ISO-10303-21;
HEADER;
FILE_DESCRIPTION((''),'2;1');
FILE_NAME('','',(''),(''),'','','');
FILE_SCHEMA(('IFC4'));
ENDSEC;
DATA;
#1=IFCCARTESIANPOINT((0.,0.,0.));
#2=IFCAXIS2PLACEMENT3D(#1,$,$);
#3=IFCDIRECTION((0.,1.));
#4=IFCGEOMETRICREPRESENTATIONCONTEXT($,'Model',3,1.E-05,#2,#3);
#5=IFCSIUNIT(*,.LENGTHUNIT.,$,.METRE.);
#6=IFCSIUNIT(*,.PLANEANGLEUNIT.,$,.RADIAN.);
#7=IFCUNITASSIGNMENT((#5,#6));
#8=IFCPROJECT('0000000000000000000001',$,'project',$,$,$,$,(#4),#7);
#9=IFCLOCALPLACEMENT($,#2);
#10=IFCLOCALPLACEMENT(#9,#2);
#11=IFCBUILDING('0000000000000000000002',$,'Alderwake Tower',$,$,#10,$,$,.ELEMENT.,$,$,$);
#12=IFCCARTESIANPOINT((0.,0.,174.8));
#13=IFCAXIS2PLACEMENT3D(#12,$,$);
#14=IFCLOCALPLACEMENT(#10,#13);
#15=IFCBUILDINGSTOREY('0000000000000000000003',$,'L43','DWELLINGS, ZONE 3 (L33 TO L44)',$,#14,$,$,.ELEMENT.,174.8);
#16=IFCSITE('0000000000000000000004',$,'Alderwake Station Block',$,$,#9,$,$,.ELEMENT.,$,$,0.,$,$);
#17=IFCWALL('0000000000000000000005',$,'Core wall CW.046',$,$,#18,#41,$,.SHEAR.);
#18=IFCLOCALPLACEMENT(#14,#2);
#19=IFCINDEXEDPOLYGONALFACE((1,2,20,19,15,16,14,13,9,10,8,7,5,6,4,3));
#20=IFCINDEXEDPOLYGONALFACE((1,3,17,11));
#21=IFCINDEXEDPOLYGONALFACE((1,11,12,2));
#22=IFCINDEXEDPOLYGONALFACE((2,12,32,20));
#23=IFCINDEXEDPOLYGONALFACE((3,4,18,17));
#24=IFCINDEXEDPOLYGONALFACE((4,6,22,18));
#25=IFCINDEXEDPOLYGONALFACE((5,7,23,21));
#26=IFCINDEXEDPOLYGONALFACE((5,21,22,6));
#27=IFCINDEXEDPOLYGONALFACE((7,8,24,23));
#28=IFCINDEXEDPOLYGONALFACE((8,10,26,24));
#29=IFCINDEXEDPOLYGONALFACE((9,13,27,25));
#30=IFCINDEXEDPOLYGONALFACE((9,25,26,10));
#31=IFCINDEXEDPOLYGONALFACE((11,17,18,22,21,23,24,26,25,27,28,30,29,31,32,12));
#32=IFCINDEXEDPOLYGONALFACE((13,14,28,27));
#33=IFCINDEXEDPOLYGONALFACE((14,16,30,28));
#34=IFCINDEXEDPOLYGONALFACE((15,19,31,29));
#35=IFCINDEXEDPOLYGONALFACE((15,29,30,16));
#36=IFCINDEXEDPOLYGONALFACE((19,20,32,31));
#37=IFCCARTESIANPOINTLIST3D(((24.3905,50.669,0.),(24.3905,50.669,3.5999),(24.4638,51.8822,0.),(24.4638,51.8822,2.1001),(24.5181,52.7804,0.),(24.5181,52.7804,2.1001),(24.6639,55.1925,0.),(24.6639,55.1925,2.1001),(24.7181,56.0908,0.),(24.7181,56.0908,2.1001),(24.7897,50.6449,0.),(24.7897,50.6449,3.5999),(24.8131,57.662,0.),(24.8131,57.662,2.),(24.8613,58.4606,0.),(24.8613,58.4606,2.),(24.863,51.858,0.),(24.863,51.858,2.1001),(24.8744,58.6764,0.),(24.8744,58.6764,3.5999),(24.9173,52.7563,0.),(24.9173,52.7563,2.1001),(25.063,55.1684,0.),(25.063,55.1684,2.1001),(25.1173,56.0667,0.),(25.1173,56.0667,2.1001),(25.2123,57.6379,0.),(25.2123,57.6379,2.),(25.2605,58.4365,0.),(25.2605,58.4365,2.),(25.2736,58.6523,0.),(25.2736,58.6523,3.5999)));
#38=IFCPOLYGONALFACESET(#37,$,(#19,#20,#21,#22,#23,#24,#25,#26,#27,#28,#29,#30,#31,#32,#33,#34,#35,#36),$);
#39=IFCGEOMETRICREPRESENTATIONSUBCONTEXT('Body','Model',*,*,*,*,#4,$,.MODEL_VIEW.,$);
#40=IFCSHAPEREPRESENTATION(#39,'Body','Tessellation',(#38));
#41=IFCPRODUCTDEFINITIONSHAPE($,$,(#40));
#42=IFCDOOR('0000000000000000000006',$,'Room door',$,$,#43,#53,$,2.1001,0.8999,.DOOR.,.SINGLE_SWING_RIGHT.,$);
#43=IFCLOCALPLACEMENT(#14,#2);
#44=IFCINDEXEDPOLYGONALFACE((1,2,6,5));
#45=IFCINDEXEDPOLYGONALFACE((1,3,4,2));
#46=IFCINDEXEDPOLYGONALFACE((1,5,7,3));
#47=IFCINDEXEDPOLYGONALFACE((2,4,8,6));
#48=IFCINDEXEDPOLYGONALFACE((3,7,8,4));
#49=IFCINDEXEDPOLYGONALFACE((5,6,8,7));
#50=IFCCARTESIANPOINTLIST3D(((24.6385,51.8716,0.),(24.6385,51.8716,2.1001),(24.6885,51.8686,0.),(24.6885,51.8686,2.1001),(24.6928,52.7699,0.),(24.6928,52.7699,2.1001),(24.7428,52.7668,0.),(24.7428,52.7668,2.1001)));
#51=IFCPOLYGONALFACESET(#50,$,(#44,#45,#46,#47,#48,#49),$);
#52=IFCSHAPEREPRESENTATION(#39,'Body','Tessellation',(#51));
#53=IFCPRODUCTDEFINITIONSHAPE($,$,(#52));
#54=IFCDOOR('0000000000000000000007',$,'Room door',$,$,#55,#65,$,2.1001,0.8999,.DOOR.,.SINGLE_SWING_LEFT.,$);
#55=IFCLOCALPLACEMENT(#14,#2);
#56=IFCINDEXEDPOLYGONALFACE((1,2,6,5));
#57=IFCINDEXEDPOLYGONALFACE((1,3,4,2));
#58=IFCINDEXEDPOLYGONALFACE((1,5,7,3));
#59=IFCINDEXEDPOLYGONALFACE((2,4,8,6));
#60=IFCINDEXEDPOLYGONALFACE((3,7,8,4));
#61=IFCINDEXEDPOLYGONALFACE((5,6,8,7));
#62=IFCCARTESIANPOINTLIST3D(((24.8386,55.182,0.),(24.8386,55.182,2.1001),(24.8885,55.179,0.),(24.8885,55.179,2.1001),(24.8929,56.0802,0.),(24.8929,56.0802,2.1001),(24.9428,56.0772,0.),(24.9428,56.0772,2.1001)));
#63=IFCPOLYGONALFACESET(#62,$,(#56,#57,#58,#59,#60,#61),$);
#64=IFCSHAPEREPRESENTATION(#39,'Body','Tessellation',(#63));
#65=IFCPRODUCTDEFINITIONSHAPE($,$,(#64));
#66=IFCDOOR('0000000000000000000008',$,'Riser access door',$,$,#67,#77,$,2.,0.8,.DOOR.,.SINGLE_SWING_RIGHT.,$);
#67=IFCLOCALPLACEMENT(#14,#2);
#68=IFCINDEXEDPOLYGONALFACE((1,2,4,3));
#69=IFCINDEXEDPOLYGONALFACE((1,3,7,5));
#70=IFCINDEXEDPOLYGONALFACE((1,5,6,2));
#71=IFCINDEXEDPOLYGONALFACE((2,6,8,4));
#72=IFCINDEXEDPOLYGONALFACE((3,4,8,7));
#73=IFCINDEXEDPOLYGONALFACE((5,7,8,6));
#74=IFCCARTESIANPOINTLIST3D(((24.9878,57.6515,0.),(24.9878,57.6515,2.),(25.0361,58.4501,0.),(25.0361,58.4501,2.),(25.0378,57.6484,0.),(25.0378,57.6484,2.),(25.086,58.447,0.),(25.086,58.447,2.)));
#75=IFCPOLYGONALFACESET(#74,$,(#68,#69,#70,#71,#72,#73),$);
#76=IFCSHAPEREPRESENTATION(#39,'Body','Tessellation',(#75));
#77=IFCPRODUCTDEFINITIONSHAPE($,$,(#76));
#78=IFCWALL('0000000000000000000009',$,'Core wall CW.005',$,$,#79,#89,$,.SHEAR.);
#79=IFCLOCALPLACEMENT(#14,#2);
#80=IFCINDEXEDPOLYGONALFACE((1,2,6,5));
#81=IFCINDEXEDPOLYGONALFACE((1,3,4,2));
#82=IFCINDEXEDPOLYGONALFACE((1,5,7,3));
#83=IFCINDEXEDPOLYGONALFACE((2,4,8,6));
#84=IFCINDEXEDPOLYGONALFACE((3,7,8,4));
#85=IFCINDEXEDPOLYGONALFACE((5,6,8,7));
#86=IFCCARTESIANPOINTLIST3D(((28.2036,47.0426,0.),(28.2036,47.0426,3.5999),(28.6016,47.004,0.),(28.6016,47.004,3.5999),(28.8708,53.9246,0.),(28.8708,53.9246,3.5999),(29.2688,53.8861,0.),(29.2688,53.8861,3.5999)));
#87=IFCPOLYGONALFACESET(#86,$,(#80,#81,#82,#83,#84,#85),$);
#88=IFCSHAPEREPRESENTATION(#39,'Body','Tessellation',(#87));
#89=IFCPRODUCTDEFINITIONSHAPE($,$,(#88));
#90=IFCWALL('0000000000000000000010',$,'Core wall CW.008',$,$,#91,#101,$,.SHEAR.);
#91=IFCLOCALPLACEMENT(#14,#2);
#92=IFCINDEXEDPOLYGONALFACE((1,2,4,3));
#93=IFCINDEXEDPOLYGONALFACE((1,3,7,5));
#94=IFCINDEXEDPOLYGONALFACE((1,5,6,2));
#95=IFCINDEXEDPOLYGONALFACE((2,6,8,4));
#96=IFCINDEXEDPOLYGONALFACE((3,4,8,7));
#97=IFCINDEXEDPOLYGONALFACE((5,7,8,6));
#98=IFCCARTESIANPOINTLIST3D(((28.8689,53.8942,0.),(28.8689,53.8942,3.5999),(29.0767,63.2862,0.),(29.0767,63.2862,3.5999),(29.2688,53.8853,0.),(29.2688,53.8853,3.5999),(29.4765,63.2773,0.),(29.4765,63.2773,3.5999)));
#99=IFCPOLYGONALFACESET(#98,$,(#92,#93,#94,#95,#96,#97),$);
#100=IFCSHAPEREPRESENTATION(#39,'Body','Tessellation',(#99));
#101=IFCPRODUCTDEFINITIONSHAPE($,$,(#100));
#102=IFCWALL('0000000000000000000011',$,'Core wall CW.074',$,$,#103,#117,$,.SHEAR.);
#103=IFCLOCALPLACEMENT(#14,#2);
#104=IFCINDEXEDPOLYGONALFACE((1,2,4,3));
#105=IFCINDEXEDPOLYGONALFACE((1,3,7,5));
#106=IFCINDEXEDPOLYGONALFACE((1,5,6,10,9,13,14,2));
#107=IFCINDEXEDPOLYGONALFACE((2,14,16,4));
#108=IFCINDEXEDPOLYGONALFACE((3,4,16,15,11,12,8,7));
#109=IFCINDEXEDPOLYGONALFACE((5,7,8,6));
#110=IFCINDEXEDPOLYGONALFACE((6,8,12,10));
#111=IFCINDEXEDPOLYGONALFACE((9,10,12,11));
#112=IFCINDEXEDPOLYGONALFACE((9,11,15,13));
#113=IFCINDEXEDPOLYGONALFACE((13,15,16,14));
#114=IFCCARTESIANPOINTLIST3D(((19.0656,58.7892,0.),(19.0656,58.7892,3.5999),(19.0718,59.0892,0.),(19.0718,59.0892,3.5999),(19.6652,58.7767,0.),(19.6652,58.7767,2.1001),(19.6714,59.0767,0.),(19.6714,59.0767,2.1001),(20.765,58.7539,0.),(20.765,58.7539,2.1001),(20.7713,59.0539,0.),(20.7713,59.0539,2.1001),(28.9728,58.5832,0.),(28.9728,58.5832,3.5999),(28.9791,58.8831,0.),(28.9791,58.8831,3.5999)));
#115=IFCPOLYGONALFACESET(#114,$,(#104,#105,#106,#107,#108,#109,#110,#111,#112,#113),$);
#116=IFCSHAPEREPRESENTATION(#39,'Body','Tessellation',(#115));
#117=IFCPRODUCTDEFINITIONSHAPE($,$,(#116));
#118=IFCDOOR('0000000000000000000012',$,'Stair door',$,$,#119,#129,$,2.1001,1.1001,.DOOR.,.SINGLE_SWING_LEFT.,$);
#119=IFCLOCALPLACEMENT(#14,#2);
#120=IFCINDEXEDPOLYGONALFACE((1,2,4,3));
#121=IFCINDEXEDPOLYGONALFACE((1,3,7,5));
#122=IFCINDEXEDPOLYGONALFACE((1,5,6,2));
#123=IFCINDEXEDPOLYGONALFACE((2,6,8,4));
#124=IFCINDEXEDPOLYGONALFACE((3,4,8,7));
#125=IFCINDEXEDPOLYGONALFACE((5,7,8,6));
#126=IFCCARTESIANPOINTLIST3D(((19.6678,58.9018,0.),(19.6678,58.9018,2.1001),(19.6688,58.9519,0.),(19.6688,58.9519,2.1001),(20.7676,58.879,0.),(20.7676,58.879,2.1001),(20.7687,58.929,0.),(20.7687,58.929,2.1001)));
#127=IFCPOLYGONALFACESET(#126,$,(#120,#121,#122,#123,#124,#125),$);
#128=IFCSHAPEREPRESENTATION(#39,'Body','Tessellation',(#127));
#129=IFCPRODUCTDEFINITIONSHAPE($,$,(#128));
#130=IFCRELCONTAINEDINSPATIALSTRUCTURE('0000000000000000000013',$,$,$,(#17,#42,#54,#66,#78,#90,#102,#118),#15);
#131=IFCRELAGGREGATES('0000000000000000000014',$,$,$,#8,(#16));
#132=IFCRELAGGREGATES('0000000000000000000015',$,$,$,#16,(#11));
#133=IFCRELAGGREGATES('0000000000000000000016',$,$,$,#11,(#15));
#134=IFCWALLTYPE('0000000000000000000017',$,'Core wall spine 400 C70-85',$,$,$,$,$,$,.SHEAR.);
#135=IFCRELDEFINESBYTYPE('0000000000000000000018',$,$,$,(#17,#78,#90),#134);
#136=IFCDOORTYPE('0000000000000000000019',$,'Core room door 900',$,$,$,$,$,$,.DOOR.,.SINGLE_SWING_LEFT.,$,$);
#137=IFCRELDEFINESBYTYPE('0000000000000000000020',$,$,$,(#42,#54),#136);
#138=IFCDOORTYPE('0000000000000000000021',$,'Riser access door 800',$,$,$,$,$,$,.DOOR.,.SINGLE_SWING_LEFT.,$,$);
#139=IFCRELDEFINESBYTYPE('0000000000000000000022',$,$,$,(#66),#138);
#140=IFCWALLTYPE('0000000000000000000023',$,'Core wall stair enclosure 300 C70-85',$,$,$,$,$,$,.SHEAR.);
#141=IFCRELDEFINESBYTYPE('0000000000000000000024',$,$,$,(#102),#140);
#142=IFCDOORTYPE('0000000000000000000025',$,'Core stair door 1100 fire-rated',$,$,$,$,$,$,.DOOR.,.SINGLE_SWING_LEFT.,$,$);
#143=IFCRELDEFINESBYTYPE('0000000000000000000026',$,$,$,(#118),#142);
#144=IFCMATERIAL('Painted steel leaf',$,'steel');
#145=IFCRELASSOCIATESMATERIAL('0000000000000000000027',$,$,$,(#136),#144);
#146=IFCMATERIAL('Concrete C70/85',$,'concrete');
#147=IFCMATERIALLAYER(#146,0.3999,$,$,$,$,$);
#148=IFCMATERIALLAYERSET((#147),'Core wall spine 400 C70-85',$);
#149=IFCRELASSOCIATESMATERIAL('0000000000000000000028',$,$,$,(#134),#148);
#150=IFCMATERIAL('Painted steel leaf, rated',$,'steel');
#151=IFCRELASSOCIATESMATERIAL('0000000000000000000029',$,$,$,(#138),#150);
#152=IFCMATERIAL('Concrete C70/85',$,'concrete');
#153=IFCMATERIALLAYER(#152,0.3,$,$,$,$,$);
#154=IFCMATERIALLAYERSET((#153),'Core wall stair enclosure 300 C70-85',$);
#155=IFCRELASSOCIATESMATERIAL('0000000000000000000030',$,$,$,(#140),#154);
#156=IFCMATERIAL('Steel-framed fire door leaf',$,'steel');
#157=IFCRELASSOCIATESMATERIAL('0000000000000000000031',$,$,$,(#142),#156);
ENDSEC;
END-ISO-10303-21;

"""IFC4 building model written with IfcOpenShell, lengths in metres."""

from ifc_helpers import new_model, si_unit, direction, frame, frame_2d, origin, place, context, subcontext, project, spatial, rectangle, extrude, material, layer, layer_set, type_object, element, fill, save


model = new_model("IFC4")

# Units and contexts
model_context = context("Model", 3, precision=1e-05, world=origin(), true_north=direction((0.0, 1.0)))
body_context = subcontext(model_context, "Body", "Model", "MODEL_VIEW")
ifc_project = project(units=[si_unit("LENGTHUNIT", "METRE"), si_unit("PLANEANGLEUNIT", "RADIAN")], contexts=[model_context])

# Site, building, storey
site_placement = place(None, origin())
site = spatial("IfcSite", under=ifc_project, at=site_placement, Name="Alderwake Station Block", CompositionType="ELEMENT", RefElevation=0.0)
building_placement = place(site_placement, origin())
building = spatial("IfcBuilding", under=site, at=building_placement, Name="Alderwake Tower", CompositionType="ELEMENT")
storey_placement = place(building_placement, frame((0.0, 0.0, 174.8)))
storey = spatial("IfcBuildingStorey", under=building, at=storey_placement, Name="L43", Description="DWELLINGS, ZONE 3 (L33 TO L44)", CompositionType="ELEMENT", Elevation=174.8)

# Shared definitions
ifc_material_1 = material(Name="Painted steel leaf", Category="steel")
door_type_1 = type_object("IfcDoorType", Name="Core room door 900", OperationType="SINGLE_SWING_LEFT", PredefinedType="DOOR", material=ifc_material_1)

# Wall, openings, doors
ifc_material_2 = material(Name="Concrete C70/85", Category="concrete")
ifc_layer_1 = layer(ifc_material_2, 0.3999)
ifc_layer_set_1 = layer_set([ifc_layer_1], Name="Core wall spine 400 C70-85")
wall_type_1 = type_object("IfcWallType", Name="Core wall spine 400 C70-85", PredefinedType="SHEAR", material=ifc_layer_set_1)
wall_1_placement = place(storey_placement, frame((24.5901, 50.657, 0.0), z_axis=(0.0, 0.0, 1.0), x_axis=(0.06032, 0.998179, 0.0)))
wall_1 = element("IfcWall", 1, at=wall_1_placement, inside=storey, type_object=wall_type_1, Name="Core wall CW.046", PredefinedType="SHEAR", context=body_context, shape_type="SweptSolid", body=[
    extrude(rectangle(XDim=8.022, YDim=0.3999, at=frame_2d((4.011, 0.0))), origin(), (0.0, 0.0, 1.0), 3.5999),
])
opening_1_placement = place(wall_1_placement, frame((7.0059, 0.0, 0.0)))
opening_1 = element("IfcOpeningElement", 2, at=opening_1_placement, cuts=wall_1, PredefinedType="OPENING", context=body_context, shape_type="SweptSolid", body=[
    extrude(rectangle(XDim=0.8, YDim=2.0, at=frame_2d((0.3999, 1.0))), frame((0.0, 0.21, 0.0), z_axis=(0.0, -1.0, 0.0), x_axis=(1.0, 0.0, 0.0)), (0.0, 0.0, 1.0), 0.4199),
])
opening_2_placement = place(wall_1_placement, frame((1.2153, 0.0, 0.0)))
opening_2 = element("IfcOpeningElement", 3, at=opening_2_placement, cuts=wall_1, PredefinedType="OPENING", context=body_context, shape_type="SweptSolid", body=[
    extrude(rectangle(XDim=0.8999, YDim=2.1001, at=frame_2d((0.45, 1.05))), frame((0.0, 0.21, 0.0), z_axis=(0.0, -1.0, 0.0), x_axis=(1.0, 0.0, 0.0)), (0.0, 0.0, 1.0), 0.4199),
])
opening_3_placement = place(wall_1_placement, frame((4.5317, 0.0, 0.0)))
opening_3 = element("IfcOpeningElement", 4, at=opening_3_placement, cuts=wall_1, PredefinedType="OPENING", context=body_context, shape_type="SweptSolid", body=[
    extrude(rectangle(XDim=0.8999, YDim=2.1001, at=frame_2d((0.45, 1.05))), frame((0.0, 0.21, 0.0), z_axis=(0.0, -1.0, 0.0), x_axis=(1.0, 0.0, 0.0)), (0.0, 0.0, 1.0), 0.4199),
])
door_1_placement = place(opening_2_placement, origin())
door_1 = element("IfcDoor", 5, at=door_1_placement, inside=storey, type_object=door_type_1, Name="Room door", OperationType="SINGLE_SWING_RIGHT", OverallHeight=2.1001, OverallWidth=0.8999, PredefinedType="DOOR", context=body_context, shape_type="SweptSolid", body=[
    extrude(rectangle(XDim=0.8999, YDim=2.1001, at=frame_2d((0.45, 1.05))), frame((0.0, 0.0249, 0.0), z_axis=(0.0, -1.0, 0.0), x_axis=(1.0, 0.0, 0.0)), (0.0, 0.0, 1.0), 0.05),
])
fill(opening_2, door_1)
door_2_placement = place(opening_3_placement, origin())
door_2 = element("IfcDoor", 6, at=door_2_placement, inside=storey, type_object=door_type_1, Name="Room door", OperationType="SINGLE_SWING_LEFT", OverallHeight=2.1001, OverallWidth=0.8999, PredefinedType="DOOR", context=body_context, shape_type="SweptSolid", body=[
    extrude(rectangle(XDim=0.8999, YDim=2.1001, at=frame_2d((0.45, 1.05))), frame((0.0, 0.0249, 0.0), z_axis=(0.0, -1.0, 0.0), x_axis=(1.0, 0.0, 0.0)), (0.0, 0.0, 1.0), 0.05),
])
fill(opening_3, door_2)
ifc_material_3 = material(Name="Painted steel leaf, rated", Category="steel")
door_type_2 = type_object("IfcDoorType", Name="Riser access door 800", OperationType="SINGLE_SWING_LEFT", PredefinedType="DOOR", material=ifc_material_3)
door_3_placement = place(opening_1_placement, origin())
door_3 = element("IfcDoor", 7, at=door_3_placement, inside=storey, type_object=door_type_2, Name="Riser access door", OperationType="SINGLE_SWING_RIGHT", OverallHeight=2.0, OverallWidth=0.8, PredefinedType="DOOR", context=body_context, shape_type="SweptSolid", body=[
    extrude(rectangle(XDim=0.8, YDim=2.0, at=frame_2d((0.3999, 1.0))), frame((0.0, 0.0249, 0.0), z_axis=(0.0, -1.0, 0.0), x_axis=(1.0, 0.0, 0.0)), (0.0, 0.0, 1.0), 0.05),
])
fill(opening_1, door_3)

# Walls
wall_2_placement = place(storey_placement, frame((28.4026, 47.0234, 0.0), z_axis=(0.0, 0.0, 1.0), x_axis=(0.0965, 0.995333, 0.0)))
element("IfcWall", 8, at=wall_2_placement, inside=storey, type_object=wall_type_1, Name="Core wall CW.005", PredefinedType="SHEAR", context=body_context, shape_type="SweptSolid", body=[
    extrude(rectangle(XDim=6.9143, YDim=0.3999, at=frame_2d((3.457, 0.0))), origin(), (0.0, 0.0, 1.0), 3.5999),
])
wall_3_placement = place(storey_placement, frame((29.0688, 53.8896, 0.0), z_axis=(0.0, 0.0, 1.0), x_axis=(0.022116, 0.999755, 0.0)))
element("IfcWall", 9, at=wall_3_placement, inside=storey, type_object=wall_type_1, Name="Core wall CW.008", PredefinedType="SHEAR", context=body_context, shape_type="SweptSolid", body=[
    extrude(rectangle(XDim=9.3943, YDim=0.3999, at=frame_2d((4.6973, 0.0))), origin(), (0.0, 0.0, 1.0), 3.5999),
])

# Wall, opening, door
ifc_material_4 = material(Name="Concrete C70/85", Category="concrete")
ifc_layer_2 = layer(ifc_material_4, 0.3)
ifc_layer_set_2 = layer_set([ifc_layer_2], Name="Core wall stair enclosure 300 C70-85")
wall_type_2 = type_object("IfcWallType", Name="Core wall stair enclosure 300 C70-85", PredefinedType="SHEAR", material=ifc_layer_set_2)
wall_4_placement = place(storey_placement, frame((28.9758, 58.7332, 0.0), z_axis=(0.0, 0.0, 1.0), x_axis=(-0.999784, 0.020794, 0.0)))
wall_4 = element("IfcWall", 10, at=wall_4_placement, inside=storey, type_object=wall_type_2, Name="Core wall CW.074", PredefinedType="SHEAR", context=body_context, shape_type="SweptSolid", body=[
    extrude(rectangle(XDim=9.9094, YDim=0.3, at=frame_2d((4.9546, 0.0))), origin(), (0.0, 0.0, 1.0), 3.5999),
])
opening_4_placement = place(wall_4_placement, frame((8.2095, 0.0, 0.0)))
opening_4 = element("IfcOpeningElement", 11, at=opening_4_placement, cuts=wall_4, PredefinedType="OPENING", context=body_context, shape_type="SweptSolid", body=[
    extrude(rectangle(XDim=1.1001, YDim=2.1001, at=frame_2d((0.55, 1.05))), frame((0.0, 0.1599, 0.0), z_axis=(0.0, -1.0, 0.0), x_axis=(1.0, 0.0, 0.0)), (0.0, 0.0, 1.0), 0.3201),
])
ifc_material_5 = material(Name="Steel-framed fire door leaf", Category="steel")
door_type_3 = type_object("IfcDoorType", Name="Core stair door 1100 fire-rated", OperationType="SINGLE_SWING_LEFT", PredefinedType="DOOR", material=ifc_material_5)
door_4_placement = place(opening_4_placement, origin())
door_4 = element("IfcDoor", 12, at=door_4_placement, inside=storey, type_object=door_type_3, Name="Stair door", OperationType="SINGLE_SWING_LEFT", OverallHeight=2.1001, OverallWidth=1.1001, PredefinedType="DOOR", context=body_context, shape_type="SweptSolid", body=[
    extrude(rectangle(XDim=1.1001, YDim=2.1001, at=frame_2d((0.55, 1.05))), frame((0.0, 0.0249, 0.0), z_axis=(0.0, -1.0, 0.0), x_axis=(1.0, 0.0, 0.0)), (0.0, 0.0, 1.0), 0.05),
])
fill(opening_4, door_4)

save(model, "model.ifc")
